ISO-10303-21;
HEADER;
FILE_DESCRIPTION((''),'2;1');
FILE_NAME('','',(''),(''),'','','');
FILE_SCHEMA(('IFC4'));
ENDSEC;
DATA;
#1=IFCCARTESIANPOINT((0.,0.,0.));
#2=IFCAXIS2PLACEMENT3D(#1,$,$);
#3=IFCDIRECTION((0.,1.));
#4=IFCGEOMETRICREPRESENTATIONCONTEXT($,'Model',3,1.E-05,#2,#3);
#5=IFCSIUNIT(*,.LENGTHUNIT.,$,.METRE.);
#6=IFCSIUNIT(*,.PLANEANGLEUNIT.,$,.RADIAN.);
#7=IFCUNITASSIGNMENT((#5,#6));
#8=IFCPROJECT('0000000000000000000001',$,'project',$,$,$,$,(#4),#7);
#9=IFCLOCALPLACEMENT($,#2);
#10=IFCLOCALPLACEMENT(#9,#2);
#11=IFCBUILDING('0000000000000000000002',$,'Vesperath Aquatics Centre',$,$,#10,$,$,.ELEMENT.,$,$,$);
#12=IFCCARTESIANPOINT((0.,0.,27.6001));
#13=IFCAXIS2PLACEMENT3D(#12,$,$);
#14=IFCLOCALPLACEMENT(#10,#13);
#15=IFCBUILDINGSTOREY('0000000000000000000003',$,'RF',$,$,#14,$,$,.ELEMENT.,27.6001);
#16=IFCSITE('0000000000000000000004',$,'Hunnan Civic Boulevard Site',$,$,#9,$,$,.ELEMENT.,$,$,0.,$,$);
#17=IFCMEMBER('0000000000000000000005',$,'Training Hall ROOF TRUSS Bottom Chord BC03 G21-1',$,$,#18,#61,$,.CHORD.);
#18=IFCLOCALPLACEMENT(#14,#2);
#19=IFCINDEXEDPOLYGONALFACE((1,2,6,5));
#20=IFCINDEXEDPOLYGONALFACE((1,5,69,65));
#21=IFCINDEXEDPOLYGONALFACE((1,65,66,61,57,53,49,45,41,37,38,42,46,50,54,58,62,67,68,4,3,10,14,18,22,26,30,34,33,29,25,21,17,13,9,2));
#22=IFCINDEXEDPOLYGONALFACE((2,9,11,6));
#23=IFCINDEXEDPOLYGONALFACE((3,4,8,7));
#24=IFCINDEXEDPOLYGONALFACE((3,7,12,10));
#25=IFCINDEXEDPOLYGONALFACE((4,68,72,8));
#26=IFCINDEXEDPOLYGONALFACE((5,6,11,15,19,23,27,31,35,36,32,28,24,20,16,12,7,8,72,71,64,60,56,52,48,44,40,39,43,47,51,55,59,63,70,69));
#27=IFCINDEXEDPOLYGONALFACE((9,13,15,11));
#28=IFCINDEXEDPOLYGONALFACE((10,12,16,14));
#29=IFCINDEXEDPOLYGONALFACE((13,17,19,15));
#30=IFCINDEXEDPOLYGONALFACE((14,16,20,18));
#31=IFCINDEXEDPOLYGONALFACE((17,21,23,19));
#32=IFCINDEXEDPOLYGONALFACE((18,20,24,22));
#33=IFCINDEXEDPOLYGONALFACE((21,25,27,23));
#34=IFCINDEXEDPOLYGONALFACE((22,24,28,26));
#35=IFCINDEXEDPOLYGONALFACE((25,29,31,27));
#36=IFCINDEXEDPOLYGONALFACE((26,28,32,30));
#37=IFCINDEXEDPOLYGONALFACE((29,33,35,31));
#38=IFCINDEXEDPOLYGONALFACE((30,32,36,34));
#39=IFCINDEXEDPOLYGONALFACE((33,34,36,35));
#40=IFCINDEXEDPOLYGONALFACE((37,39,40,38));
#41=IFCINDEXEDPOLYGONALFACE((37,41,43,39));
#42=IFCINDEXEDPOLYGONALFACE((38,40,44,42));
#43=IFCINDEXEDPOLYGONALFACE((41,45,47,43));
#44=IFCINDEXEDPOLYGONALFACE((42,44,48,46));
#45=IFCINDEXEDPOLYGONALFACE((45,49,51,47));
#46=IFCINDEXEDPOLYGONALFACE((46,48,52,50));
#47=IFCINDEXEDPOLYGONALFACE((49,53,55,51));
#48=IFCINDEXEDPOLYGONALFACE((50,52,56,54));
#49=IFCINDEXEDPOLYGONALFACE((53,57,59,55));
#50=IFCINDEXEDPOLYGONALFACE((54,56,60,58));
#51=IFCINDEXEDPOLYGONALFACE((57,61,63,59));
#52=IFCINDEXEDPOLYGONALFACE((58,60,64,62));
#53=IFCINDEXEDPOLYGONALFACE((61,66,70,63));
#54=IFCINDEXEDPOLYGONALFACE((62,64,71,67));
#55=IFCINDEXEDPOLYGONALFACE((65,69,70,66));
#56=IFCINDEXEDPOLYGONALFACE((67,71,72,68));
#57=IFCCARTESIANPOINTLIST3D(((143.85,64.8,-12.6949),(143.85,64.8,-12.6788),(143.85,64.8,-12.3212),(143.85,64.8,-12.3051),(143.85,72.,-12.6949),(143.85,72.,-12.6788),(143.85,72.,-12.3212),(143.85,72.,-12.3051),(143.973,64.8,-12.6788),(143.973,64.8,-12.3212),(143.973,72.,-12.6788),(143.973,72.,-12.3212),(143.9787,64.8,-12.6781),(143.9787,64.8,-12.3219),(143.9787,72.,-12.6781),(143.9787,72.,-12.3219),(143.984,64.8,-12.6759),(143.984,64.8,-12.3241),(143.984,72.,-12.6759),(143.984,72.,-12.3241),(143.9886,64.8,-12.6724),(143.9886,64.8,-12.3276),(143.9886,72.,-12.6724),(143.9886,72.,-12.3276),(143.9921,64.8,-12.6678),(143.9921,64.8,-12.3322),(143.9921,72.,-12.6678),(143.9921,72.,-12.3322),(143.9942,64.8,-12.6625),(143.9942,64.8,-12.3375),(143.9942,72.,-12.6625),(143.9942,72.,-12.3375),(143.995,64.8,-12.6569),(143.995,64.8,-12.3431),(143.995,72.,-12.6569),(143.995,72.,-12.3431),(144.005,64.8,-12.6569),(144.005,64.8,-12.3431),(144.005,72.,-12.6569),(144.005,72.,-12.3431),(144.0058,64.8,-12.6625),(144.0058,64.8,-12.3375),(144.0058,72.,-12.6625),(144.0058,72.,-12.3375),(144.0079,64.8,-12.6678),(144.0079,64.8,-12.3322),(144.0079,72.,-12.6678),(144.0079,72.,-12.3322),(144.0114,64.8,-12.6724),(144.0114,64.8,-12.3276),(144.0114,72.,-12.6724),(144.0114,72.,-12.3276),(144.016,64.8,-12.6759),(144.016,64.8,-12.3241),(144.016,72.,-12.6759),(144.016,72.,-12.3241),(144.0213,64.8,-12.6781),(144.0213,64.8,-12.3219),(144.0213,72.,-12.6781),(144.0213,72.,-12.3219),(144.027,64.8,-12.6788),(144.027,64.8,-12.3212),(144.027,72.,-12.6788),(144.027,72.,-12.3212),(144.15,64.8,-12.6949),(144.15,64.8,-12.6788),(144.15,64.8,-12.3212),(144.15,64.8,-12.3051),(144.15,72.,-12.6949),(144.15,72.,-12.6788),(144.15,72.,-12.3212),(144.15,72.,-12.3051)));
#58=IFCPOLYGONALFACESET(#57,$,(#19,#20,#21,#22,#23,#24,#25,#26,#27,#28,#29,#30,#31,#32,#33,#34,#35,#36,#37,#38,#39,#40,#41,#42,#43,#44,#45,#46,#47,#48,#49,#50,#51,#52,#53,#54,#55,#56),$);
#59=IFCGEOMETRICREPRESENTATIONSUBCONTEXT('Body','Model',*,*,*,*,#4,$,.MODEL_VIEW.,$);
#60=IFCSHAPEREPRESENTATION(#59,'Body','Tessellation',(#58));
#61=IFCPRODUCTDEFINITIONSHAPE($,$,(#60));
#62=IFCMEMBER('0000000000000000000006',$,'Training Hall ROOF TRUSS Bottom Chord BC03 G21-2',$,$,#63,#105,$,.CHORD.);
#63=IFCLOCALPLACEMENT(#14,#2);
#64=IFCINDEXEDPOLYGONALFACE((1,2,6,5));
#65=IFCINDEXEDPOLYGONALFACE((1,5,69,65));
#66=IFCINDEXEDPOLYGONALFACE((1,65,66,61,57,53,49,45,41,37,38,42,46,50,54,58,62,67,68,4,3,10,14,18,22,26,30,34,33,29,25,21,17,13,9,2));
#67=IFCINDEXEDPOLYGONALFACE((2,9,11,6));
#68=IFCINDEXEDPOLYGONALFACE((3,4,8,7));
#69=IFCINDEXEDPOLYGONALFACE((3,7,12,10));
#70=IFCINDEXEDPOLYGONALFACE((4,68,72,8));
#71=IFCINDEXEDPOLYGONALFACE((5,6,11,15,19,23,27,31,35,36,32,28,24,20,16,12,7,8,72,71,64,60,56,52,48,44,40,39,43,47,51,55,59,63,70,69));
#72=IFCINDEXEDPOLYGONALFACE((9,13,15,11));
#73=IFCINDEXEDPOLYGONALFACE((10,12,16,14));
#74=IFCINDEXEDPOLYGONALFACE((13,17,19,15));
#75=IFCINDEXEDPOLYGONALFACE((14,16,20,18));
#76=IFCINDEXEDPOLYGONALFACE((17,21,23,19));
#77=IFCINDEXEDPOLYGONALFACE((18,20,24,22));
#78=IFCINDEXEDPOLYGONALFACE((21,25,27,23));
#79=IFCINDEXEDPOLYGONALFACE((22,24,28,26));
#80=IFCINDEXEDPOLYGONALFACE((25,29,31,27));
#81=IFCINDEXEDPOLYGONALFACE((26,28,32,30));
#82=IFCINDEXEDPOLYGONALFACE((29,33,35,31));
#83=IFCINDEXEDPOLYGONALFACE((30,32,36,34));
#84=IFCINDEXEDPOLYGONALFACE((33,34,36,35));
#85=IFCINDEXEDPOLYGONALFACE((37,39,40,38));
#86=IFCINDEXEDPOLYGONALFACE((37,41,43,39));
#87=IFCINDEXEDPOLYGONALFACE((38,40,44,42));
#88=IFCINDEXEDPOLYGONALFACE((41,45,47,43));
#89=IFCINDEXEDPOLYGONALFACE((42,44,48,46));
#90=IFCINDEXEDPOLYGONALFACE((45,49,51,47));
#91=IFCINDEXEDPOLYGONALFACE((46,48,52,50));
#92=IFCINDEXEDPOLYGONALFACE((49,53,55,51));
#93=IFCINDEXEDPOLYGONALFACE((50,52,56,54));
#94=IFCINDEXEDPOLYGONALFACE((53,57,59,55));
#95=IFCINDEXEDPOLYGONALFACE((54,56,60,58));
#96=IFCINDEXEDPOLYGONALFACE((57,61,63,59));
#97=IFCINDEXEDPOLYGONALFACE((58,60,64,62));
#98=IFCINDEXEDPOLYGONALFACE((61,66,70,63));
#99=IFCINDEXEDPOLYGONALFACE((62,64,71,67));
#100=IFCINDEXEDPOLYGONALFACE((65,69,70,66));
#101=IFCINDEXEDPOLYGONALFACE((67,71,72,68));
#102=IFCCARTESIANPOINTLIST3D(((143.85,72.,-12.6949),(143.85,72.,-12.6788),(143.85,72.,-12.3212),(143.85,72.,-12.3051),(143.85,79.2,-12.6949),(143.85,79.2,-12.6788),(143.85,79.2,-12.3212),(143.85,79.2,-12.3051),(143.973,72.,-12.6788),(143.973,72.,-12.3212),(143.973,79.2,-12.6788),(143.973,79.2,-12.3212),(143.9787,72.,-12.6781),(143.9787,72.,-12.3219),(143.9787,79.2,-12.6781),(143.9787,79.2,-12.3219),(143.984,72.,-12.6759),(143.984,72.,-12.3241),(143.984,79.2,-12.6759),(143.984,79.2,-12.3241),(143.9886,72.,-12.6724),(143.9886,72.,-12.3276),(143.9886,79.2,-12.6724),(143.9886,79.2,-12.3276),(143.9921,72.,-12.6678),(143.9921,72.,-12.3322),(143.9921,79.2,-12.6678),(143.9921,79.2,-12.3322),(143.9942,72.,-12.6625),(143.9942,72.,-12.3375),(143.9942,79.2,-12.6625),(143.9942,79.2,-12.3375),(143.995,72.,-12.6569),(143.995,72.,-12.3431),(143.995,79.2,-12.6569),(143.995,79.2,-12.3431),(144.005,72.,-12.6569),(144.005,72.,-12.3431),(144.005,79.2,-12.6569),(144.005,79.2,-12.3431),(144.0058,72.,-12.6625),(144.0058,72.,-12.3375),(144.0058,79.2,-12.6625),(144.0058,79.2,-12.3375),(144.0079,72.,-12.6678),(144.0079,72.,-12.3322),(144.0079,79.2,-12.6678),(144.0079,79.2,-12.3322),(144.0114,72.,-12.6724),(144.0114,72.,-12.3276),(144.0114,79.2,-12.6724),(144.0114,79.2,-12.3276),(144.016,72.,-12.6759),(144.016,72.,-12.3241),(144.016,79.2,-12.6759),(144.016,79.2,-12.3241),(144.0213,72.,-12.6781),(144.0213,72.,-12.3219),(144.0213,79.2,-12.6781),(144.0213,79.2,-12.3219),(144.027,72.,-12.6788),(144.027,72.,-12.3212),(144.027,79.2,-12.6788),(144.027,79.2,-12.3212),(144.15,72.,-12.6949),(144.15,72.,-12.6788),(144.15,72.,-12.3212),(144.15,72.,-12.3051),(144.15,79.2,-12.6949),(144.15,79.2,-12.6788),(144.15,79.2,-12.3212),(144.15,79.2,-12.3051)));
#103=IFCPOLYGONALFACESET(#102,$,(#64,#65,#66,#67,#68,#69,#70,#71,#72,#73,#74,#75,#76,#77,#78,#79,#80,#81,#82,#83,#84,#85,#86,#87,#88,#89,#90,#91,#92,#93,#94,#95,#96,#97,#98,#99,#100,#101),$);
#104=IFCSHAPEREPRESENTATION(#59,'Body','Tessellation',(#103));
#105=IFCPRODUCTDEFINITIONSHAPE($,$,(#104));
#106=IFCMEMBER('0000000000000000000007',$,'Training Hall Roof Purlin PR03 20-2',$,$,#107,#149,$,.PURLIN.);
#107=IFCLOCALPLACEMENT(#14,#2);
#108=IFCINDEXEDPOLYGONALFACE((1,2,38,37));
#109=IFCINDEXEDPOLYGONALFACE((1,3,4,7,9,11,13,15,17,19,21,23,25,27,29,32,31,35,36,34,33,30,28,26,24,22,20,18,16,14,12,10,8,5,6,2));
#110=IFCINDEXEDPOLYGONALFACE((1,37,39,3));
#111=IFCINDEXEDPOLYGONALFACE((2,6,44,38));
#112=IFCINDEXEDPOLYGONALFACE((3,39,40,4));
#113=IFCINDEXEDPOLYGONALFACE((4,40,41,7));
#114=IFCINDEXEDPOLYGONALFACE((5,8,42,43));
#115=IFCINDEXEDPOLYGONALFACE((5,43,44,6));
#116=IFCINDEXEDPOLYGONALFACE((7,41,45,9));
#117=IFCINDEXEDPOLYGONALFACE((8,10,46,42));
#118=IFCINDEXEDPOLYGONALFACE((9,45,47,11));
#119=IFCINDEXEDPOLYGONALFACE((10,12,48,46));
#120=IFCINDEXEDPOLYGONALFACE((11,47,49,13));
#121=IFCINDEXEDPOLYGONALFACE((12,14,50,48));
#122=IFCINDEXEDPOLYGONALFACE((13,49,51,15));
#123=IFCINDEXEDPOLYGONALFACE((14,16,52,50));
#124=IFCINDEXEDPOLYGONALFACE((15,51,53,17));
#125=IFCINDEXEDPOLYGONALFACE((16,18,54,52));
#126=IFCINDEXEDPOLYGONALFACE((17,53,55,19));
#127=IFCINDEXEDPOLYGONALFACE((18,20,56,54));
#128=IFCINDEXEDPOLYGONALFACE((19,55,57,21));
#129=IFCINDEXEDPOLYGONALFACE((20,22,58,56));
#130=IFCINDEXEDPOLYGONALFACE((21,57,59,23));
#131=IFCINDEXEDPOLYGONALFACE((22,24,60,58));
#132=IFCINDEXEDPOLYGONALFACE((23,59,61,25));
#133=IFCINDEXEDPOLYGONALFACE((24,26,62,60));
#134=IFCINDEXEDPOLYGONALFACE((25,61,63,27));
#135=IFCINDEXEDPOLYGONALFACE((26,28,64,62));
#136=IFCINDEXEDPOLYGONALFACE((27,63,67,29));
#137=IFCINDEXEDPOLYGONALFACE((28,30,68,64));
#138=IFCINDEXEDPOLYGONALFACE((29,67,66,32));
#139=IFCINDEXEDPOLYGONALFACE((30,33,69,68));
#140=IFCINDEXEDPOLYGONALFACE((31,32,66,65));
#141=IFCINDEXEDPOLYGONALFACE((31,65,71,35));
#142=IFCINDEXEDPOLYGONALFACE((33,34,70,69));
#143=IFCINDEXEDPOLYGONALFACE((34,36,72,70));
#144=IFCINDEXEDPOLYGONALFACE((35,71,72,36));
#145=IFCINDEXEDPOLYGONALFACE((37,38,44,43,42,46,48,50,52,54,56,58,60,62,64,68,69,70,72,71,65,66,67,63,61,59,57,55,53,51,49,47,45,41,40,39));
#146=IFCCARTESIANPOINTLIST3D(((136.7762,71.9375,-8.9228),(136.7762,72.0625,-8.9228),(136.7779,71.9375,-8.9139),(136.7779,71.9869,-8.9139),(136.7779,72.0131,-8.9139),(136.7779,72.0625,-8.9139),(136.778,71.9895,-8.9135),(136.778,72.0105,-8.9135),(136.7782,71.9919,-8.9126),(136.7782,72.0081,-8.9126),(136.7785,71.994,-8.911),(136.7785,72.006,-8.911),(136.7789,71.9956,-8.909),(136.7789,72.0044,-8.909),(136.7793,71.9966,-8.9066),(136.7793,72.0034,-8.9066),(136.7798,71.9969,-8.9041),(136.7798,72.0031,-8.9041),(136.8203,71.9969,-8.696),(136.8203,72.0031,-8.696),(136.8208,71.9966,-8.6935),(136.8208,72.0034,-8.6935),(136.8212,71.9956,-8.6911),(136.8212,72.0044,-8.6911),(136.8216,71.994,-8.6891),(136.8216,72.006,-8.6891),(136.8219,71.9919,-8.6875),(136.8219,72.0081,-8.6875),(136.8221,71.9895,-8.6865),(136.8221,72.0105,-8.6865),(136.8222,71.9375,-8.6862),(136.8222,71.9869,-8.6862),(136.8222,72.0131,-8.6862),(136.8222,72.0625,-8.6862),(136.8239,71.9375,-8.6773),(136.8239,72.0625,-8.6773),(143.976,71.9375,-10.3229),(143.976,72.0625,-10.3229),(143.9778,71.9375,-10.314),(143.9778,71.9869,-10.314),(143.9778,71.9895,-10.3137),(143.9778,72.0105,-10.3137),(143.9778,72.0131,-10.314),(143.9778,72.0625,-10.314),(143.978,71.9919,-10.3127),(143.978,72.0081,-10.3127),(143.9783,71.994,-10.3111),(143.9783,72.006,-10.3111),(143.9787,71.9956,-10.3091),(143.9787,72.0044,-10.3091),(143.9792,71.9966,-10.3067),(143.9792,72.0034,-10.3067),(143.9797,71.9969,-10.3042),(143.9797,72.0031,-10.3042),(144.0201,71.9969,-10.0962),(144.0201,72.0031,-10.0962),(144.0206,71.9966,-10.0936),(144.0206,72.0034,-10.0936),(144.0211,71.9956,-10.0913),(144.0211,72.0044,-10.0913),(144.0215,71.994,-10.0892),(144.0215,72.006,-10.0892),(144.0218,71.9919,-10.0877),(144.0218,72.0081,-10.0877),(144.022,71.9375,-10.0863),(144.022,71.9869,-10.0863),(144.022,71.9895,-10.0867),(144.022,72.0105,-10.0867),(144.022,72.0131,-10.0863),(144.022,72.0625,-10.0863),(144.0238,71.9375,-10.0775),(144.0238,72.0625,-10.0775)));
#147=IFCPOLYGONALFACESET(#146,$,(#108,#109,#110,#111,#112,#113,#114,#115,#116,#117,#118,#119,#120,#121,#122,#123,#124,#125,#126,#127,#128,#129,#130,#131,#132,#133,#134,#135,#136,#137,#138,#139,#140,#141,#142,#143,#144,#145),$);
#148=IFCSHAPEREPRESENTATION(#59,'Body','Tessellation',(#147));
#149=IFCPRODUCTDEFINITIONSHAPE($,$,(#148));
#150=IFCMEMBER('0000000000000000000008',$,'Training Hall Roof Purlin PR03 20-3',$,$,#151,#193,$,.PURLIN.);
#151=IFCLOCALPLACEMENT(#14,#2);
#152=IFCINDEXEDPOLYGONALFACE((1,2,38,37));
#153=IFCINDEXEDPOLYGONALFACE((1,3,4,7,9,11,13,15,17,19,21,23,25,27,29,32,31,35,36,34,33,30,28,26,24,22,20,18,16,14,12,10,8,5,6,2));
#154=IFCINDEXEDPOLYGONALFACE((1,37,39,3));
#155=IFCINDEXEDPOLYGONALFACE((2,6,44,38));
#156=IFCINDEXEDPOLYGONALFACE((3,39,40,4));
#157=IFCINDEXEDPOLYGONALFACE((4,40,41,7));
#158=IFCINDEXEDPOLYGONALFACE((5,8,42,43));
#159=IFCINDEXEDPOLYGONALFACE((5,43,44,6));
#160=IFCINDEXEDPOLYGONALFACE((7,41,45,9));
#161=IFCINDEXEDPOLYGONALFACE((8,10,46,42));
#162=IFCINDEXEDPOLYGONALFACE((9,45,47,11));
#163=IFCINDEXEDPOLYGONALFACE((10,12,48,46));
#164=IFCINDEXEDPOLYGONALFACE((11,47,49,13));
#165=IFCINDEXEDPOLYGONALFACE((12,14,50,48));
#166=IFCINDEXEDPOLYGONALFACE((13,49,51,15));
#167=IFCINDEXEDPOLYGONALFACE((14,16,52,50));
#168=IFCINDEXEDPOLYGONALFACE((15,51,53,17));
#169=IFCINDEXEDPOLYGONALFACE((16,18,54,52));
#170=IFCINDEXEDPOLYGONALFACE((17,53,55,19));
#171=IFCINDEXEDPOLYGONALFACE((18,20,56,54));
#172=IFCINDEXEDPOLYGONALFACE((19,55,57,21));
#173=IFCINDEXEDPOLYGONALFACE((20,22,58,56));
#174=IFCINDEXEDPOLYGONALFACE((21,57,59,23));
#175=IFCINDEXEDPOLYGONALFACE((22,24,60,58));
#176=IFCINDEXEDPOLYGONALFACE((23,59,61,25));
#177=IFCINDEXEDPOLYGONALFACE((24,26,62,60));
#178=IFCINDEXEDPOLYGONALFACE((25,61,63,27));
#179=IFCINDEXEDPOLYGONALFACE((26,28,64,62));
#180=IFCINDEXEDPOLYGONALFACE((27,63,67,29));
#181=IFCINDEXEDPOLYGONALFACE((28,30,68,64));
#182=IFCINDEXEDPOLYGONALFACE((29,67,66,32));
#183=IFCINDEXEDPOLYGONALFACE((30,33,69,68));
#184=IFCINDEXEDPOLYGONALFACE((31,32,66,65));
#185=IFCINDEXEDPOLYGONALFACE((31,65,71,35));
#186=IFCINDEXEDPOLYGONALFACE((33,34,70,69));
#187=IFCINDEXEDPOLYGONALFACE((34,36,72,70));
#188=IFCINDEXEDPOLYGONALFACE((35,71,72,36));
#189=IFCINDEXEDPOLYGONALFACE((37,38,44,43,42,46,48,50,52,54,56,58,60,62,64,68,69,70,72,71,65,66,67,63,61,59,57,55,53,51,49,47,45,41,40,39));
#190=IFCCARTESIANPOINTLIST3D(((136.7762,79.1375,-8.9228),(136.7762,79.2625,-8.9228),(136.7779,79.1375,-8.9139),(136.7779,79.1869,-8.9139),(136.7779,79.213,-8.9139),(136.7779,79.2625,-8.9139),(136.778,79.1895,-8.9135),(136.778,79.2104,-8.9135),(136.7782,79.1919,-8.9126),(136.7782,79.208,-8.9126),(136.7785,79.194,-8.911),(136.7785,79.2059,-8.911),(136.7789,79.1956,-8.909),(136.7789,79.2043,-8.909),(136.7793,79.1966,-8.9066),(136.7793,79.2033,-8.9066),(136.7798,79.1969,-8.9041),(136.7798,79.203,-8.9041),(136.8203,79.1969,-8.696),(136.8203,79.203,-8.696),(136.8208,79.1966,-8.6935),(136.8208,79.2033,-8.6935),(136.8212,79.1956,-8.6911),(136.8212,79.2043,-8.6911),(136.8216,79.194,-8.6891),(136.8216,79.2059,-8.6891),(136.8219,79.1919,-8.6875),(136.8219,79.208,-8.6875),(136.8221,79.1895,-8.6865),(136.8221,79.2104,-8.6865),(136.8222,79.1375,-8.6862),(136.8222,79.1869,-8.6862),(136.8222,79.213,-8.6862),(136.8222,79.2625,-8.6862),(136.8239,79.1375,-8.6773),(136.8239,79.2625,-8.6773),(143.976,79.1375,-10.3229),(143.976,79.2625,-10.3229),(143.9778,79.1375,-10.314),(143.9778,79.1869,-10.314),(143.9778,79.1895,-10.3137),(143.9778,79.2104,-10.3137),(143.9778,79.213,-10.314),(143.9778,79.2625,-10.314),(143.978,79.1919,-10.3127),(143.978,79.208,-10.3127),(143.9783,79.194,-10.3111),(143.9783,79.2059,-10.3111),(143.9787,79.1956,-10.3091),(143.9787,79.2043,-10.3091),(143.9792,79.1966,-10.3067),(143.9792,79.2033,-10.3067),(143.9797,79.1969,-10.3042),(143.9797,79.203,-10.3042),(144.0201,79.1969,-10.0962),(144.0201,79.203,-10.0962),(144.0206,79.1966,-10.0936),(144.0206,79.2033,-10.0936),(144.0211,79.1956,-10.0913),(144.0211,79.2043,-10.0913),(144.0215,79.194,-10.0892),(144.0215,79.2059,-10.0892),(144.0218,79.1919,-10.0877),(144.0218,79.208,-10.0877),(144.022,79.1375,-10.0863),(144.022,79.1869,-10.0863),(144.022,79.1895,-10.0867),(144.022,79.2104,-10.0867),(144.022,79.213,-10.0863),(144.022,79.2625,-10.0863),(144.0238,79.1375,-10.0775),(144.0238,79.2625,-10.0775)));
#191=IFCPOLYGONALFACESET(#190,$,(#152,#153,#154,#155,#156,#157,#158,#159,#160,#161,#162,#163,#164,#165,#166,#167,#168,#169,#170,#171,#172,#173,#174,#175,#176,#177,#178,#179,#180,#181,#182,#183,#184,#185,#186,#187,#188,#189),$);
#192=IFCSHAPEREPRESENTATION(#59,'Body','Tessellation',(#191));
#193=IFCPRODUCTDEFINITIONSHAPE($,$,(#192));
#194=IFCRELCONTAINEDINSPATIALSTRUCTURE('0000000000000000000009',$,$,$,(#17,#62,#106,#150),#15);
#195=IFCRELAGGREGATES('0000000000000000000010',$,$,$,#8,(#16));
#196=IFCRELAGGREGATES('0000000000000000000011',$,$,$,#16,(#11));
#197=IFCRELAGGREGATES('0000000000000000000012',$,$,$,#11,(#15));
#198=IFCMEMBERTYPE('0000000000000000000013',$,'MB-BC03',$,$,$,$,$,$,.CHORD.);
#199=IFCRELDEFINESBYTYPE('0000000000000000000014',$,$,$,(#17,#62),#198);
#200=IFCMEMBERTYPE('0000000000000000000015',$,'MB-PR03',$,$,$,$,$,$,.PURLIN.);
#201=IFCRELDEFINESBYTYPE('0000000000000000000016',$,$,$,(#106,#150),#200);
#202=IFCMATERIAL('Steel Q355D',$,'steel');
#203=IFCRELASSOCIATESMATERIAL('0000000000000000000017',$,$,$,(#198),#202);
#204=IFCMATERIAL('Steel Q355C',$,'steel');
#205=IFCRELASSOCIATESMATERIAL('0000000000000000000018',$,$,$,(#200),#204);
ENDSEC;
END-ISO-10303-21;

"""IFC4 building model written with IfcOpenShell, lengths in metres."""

from ifc_helpers import new_model, si_unit, direction, frame, origin, origin_2d, place, context, subcontext, project, spatial, i_section, extrude, material, material_profile, profile_set, type_object, element, save


model = new_model("IFC4")

# Units and contexts
model_context = context("Model", 3, precision=1e-05, world=origin(), true_north=direction((0.0, 1.0)))
body_context = subcontext(model_context, "Body", "Model", "MODEL_VIEW")
ifc_project = project(units=[si_unit("LENGTHUNIT", "METRE"), si_unit("PLANEANGLEUNIT", "RADIAN")], contexts=[model_context])

# Site, building, storey
site_placement = place(None, origin())
site = spatial("IfcSite", under=ifc_project, at=site_placement, Name="Hunnan Civic Boulevard Site", CompositionType="ELEMENT", RefElevation=0.0)
building_placement = place(site_placement, origin())
building = spatial("IfcBuilding", under=site, at=building_placement, Name="Vesperath Aquatics Centre", CompositionType="ELEMENT")
storey_placement = place(building_placement, frame((0.0, 0.0, 27.6001)))
storey = spatial("IfcBuildingStorey", under=building, at=storey_placement, Name="RF", CompositionType="ELEMENT", Elevation=27.6001)

# Shared definitions
ifc_material_1 = material(Name="Steel Q355C", Category="steel")

# Members
ifc_material_2 = material(Name="Steel Q355D", Category="steel")
ifc_material_profile_1 = material_profile(ifc_material_2, i_section(OverallWidth=0.3, OverallDepth=0.3899, WebThickness=0.01, FlangeThickness=0.0161, FilletRadius=0.022, at=origin_2d()), Name="HM 390x300x10x16")
ifc_profile_set_1 = profile_set([ifc_material_profile_1], Name="Steel Q355D")
member_type_1 = type_object("IfcMemberType", Name="MB-BC03", PredefinedType="CHORD", material=ifc_profile_set_1)
for number, where, z_axis, x_axis, name in (
    (1, (144.0, 64.8, -12.5), (0.0, 1.0, 0.0), (-1.0, 0.0, 0.0), "Training Hall ROOF TRUSS Bottom Chord BC03 G21-1"),
    (2, (144.0, 72.0, -12.5), (0.0, 1.0, 0.0), (-1.0, 0.0, 0.0), "Training Hall ROOF TRUSS Bottom Chord BC03 G21-2"),
):
    element("IfcMember", number, at=place(storey_placement, frame(where, z_axis=z_axis, x_axis=x_axis)), inside=storey, type_object=member_type_1, Name=name, PredefinedType="CHORD", context=body_context, shape_type="SweptSolid", body=[
        extrude(i_section(OverallWidth=0.3, OverallDepth=0.3899, WebThickness=0.01, FlangeThickness=0.0161, FilletRadius=0.022, at=origin_2d()), origin(), (0.0, 0.0, 1.0), 7.2),
    ])
ifc_material_profile_2 = material_profile(ifc_material_1, i_section(OverallWidth=0.125, OverallDepth=0.25, WebThickness=0.0061, FlangeThickness=0.009, FilletRadius=0.01, at=origin_2d()), Name="HN 250x125x6x9")
ifc_profile_set_2 = profile_set([ifc_material_profile_2], Name="Steel Q355C")
member_type_2 = type_object("IfcMemberType", Name="MB-PR03", PredefinedType="PURLIN", material=ifc_profile_set_2)
for number, where, z_axis, x_axis, name in (
    (3, (136.8, 72.0, -8.8), (0.981611, 0.0, -0.19089), (0.0, 1.0, 0.0), "Training Hall Roof Purlin PR03 20-2"),
    (4, (136.8, 79.2, -8.8), (0.981611, 0.0, -0.19089), (0.0, 1.0, 0.0), "Training Hall Roof Purlin PR03 20-3"),
):
    element("IfcMember", number, at=place(storey_placement, frame(where, z_axis=z_axis, x_axis=x_axis)), inside=storey, type_object=member_type_2, Name=name, PredefinedType="PURLIN", context=body_context, shape_type="SweptSolid", body=[
        extrude(i_section(OverallWidth=0.125, OverallDepth=0.25, WebThickness=0.0061, FlangeThickness=0.009, FilletRadius=0.01, at=origin_2d()), origin(), (0.0, 0.0, 1.0), 7.3347),
    ])

save(model, "model.ifc")
